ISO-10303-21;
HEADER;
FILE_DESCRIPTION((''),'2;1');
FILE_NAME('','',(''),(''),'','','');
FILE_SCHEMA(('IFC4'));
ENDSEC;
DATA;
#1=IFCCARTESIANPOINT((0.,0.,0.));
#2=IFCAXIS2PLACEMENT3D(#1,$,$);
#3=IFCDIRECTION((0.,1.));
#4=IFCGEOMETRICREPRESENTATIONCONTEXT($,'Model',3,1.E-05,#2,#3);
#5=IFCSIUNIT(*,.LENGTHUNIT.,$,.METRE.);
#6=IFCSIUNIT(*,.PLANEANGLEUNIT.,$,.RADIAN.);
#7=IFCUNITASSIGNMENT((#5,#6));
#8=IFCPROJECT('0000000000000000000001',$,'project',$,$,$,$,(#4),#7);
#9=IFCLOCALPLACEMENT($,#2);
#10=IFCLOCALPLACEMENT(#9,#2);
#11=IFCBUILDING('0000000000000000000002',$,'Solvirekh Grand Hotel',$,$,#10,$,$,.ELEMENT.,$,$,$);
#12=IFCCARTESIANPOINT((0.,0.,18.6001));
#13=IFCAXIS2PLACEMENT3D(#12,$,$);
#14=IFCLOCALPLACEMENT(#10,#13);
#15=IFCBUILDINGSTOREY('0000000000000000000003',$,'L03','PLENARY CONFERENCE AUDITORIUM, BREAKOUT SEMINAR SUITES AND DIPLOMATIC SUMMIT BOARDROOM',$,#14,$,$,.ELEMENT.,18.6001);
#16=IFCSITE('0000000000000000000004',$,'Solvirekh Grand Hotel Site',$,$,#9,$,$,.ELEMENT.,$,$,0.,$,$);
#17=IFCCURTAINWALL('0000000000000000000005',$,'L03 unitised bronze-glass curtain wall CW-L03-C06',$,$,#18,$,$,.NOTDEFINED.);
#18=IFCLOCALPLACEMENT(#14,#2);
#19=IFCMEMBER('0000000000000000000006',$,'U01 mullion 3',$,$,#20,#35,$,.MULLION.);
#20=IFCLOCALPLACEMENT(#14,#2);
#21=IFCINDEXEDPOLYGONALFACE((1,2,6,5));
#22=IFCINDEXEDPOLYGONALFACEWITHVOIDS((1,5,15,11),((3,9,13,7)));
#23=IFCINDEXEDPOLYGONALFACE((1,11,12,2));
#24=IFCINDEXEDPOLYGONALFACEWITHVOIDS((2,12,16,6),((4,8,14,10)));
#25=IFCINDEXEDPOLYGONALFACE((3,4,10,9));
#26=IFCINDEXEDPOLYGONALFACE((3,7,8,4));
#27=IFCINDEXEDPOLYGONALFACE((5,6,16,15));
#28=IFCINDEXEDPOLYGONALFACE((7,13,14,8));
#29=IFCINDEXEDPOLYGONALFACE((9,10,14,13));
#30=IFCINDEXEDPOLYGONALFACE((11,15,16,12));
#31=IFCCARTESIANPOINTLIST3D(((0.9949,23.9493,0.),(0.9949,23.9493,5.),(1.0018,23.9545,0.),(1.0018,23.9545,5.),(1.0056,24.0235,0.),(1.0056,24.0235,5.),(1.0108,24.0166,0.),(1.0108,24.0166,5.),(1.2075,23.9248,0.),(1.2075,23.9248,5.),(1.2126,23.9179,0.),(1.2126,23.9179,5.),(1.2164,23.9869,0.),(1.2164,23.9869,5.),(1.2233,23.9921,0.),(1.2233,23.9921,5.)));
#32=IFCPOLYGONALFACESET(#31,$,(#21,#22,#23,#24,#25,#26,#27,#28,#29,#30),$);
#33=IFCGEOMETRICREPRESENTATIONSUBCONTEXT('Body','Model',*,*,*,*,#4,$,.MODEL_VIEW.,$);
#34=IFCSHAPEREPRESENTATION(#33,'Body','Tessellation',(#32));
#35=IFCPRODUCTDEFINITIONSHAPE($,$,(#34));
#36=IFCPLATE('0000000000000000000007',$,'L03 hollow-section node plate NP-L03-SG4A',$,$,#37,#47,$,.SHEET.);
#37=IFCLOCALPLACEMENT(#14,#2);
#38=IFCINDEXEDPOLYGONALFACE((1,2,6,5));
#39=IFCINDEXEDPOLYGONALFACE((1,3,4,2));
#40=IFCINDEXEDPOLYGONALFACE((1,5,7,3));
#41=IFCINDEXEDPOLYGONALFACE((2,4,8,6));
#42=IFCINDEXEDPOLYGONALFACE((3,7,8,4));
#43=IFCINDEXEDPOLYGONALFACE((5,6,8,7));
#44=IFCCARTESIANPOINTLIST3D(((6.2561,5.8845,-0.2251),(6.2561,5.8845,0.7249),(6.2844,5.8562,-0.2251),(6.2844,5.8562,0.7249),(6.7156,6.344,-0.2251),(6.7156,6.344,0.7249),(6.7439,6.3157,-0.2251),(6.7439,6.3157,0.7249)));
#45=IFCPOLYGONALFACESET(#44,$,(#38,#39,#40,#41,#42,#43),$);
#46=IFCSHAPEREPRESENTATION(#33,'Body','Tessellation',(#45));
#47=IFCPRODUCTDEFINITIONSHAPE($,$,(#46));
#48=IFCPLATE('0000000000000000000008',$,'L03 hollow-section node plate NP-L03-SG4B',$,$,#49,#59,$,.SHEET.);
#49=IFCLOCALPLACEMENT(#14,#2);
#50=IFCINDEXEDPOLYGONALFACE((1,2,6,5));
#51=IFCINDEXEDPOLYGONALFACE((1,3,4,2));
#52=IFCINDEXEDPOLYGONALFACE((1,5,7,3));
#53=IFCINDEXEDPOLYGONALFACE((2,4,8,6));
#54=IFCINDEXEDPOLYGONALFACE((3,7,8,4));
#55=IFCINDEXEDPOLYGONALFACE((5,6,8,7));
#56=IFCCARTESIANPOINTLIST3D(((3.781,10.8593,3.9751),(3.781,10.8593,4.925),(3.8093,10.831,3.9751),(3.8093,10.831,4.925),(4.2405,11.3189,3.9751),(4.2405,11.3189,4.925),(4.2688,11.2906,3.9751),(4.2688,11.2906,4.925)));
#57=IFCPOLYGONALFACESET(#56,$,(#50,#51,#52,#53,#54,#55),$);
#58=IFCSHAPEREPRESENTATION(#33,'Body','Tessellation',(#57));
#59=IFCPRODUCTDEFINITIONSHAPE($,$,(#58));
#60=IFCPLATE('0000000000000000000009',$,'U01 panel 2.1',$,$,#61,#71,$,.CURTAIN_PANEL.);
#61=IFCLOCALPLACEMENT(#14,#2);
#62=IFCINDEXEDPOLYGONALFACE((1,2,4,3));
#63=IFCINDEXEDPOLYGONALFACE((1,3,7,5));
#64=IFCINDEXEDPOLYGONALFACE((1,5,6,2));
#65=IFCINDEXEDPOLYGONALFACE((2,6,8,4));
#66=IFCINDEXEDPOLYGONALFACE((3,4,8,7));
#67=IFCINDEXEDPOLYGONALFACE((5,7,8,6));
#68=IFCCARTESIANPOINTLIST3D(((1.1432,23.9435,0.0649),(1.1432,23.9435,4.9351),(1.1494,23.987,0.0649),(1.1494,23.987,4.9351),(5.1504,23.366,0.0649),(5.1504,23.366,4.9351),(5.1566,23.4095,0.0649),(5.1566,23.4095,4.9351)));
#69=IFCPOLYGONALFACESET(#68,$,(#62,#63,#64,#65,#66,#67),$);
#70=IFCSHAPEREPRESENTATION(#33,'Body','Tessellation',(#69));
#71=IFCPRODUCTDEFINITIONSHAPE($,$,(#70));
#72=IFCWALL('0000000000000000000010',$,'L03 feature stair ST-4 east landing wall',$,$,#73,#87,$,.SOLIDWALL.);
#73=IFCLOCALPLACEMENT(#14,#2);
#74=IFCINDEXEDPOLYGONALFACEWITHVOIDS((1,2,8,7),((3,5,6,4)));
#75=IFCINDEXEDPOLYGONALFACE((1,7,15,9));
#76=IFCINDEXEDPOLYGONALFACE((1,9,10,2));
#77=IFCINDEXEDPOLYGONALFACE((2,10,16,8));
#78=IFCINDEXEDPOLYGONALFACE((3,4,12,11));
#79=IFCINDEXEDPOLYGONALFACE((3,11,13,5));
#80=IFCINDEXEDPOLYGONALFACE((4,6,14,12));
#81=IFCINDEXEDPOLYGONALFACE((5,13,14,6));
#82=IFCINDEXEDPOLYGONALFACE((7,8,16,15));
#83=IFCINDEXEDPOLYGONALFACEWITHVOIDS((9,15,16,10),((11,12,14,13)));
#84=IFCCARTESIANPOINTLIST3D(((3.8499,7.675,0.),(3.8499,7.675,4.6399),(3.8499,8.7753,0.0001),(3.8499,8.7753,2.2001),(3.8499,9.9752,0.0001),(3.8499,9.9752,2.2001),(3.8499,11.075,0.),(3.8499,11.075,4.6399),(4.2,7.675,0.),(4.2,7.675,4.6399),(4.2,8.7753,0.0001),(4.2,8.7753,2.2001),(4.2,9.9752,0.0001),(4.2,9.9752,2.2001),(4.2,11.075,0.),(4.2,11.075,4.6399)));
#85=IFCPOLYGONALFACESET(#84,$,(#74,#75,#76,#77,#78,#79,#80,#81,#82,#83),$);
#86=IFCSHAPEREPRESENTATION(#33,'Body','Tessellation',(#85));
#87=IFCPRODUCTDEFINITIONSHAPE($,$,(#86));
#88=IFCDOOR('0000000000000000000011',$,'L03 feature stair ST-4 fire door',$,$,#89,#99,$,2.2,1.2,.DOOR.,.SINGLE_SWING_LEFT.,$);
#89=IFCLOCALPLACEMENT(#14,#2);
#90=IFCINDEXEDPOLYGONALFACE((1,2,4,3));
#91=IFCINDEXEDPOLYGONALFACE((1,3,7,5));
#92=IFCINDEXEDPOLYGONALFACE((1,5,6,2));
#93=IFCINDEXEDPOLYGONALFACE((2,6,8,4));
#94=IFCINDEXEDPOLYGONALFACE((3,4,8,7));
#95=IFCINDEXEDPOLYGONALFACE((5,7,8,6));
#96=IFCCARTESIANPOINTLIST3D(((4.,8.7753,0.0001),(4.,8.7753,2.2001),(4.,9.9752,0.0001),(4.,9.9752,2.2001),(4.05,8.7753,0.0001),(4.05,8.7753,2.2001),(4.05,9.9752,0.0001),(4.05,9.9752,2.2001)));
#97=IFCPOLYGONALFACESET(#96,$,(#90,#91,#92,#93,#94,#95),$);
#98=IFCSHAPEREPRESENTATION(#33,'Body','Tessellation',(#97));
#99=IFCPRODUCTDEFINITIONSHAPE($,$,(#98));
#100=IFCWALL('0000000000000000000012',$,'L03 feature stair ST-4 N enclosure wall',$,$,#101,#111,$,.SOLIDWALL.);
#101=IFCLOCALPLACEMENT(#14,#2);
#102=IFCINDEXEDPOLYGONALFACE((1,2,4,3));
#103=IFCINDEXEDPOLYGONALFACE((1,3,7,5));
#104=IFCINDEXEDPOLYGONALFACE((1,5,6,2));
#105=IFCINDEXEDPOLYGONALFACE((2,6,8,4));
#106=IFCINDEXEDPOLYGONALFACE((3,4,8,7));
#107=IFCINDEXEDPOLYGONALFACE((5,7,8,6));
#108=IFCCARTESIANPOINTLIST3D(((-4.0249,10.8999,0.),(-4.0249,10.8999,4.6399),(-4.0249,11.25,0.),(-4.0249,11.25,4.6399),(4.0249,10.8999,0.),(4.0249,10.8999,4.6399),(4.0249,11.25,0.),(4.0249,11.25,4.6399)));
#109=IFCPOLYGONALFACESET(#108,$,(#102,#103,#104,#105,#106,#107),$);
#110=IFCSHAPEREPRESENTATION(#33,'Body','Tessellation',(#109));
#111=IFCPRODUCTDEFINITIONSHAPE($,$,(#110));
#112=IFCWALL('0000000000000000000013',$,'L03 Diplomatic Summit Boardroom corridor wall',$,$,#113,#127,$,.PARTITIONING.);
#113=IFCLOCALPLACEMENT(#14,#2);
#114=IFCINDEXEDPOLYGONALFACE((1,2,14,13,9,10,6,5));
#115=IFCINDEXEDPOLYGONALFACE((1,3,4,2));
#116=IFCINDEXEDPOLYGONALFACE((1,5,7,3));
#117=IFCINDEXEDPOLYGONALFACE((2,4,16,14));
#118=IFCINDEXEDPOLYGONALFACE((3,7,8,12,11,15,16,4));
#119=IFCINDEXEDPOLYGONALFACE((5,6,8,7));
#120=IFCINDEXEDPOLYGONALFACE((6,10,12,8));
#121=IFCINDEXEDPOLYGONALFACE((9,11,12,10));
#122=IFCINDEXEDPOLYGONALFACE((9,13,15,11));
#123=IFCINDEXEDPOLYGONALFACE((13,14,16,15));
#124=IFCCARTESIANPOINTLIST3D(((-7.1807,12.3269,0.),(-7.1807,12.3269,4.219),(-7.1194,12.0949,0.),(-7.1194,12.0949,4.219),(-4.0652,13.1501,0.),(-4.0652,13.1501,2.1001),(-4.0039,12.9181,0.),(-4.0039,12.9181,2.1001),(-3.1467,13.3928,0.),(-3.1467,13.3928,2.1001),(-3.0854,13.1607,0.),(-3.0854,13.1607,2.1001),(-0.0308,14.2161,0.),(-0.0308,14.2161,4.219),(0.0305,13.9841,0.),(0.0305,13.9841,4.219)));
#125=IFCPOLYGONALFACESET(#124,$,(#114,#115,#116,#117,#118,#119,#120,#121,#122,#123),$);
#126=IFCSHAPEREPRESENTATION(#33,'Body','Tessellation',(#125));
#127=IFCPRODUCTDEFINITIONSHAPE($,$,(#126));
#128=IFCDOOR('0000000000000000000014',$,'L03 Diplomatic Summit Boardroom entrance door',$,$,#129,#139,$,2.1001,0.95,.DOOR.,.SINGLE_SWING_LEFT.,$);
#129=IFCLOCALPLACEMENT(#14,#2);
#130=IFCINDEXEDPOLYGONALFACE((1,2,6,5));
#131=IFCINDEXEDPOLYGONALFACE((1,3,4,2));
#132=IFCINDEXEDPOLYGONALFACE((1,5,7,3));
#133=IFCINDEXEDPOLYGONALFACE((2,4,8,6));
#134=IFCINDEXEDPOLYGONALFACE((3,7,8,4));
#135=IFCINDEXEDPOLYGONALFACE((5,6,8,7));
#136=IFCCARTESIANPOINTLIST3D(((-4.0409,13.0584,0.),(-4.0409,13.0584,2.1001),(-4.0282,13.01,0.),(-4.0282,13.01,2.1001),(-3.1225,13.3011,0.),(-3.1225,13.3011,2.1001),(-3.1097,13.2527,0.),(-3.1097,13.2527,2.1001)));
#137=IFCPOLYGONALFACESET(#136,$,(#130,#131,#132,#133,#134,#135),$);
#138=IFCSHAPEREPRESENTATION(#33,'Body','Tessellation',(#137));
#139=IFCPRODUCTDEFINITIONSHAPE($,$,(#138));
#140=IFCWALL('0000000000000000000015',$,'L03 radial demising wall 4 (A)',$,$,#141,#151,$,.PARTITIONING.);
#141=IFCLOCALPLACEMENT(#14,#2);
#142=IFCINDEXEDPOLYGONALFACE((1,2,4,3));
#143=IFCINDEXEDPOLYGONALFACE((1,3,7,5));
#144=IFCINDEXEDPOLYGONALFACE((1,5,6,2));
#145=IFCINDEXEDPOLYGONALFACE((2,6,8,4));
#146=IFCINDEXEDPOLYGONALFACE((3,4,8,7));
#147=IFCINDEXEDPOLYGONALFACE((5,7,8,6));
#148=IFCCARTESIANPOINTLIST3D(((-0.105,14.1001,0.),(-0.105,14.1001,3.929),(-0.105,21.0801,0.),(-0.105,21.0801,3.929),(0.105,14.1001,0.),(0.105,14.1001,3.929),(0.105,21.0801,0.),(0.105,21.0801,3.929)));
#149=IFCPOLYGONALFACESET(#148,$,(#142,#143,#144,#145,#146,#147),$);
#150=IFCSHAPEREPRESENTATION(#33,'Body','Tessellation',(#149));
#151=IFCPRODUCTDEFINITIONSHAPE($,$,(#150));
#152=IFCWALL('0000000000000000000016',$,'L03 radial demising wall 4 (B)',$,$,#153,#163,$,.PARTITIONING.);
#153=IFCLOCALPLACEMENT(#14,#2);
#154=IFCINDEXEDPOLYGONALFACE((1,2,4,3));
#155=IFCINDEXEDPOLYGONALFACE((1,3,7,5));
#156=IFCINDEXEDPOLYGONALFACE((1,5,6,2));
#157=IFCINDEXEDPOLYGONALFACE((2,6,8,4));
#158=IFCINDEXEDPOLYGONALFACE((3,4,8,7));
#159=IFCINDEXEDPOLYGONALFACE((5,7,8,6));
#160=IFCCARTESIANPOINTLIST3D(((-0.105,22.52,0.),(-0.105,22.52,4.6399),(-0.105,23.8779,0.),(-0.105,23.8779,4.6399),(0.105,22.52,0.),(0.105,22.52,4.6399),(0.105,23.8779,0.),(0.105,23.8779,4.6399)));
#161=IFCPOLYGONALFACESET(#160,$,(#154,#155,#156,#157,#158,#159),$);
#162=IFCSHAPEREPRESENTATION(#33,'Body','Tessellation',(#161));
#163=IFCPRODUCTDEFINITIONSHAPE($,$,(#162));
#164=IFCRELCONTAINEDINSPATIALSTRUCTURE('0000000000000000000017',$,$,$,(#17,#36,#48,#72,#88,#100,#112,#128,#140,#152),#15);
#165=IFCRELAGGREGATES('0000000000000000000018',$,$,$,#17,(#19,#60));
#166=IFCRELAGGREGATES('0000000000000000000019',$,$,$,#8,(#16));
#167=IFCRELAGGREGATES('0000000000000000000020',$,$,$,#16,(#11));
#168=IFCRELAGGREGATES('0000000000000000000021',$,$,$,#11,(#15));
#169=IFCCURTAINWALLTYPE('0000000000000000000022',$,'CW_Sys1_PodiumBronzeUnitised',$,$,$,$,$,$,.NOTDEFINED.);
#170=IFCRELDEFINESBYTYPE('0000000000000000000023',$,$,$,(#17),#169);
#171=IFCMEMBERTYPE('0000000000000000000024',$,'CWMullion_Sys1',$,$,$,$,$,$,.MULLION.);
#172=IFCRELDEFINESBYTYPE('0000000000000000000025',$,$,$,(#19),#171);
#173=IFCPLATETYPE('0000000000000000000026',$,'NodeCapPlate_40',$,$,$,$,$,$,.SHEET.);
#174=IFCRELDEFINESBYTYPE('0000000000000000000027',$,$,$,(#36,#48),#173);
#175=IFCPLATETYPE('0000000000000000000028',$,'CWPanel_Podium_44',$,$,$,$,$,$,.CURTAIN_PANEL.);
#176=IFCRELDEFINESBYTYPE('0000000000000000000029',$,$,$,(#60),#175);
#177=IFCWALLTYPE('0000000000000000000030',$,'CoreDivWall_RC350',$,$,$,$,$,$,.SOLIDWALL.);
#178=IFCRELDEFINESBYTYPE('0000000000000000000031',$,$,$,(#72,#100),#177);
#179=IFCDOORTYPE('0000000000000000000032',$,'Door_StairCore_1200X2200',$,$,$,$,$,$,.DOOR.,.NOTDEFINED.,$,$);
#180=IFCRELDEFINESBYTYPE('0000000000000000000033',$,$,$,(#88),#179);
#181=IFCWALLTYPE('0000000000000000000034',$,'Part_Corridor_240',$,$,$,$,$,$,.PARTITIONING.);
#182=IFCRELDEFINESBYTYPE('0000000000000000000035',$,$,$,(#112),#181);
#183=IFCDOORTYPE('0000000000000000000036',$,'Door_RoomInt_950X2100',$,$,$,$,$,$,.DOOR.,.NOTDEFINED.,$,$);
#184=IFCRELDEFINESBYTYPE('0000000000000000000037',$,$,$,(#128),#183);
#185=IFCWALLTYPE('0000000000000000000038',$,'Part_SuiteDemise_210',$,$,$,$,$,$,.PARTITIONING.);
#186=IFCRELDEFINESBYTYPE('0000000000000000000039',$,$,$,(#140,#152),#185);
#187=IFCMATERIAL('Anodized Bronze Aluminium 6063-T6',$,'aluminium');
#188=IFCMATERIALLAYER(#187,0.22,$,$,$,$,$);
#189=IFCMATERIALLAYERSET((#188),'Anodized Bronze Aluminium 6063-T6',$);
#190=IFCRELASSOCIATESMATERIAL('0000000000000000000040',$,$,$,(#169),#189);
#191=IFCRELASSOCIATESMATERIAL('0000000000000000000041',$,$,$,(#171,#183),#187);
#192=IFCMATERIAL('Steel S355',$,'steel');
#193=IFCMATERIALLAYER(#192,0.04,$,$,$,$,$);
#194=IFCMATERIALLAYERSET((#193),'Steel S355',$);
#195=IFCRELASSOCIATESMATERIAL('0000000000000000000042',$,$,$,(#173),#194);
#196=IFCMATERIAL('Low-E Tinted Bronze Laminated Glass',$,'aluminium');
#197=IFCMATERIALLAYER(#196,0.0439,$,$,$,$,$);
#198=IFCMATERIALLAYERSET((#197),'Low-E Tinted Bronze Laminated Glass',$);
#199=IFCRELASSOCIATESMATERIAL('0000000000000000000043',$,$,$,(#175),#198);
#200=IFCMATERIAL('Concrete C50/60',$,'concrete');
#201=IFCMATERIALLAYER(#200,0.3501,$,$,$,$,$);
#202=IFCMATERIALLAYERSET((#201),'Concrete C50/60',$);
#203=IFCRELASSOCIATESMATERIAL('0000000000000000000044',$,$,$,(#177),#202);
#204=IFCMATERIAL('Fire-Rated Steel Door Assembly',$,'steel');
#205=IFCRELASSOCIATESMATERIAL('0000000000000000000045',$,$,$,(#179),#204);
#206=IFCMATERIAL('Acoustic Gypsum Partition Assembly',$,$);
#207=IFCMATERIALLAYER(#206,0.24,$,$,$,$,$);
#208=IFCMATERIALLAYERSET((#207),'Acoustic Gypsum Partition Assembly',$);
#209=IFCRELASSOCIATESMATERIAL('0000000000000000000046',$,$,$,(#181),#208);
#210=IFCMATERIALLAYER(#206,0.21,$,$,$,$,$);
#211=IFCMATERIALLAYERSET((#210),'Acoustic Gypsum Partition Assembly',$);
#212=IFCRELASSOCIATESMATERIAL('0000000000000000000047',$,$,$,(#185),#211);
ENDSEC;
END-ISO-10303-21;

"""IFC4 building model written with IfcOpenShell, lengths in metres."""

from ifc_helpers import new_model, si_unit, direction, frame, frame_2d, origin, origin_2d, place, context, subcontext, project, spatial, rectangle, hollow_rectangle, extrude, source, transform, mapped, material, layer, layer_set, material_profile, profile_set, type_object, element, fill, aggregate, save


model = new_model("IFC4")

# Units and contexts
model_context = context("Model", 3, precision=1e-05, world=origin(), true_north=direction((0.0, 1.0)))
body_context = subcontext(model_context, "Body", "Model", "MODEL_VIEW")
ifc_project = project(units=[si_unit("LENGTHUNIT", "METRE"), si_unit("PLANEANGLEUNIT", "RADIAN")], contexts=[model_context])

# Site, building, storey
site_placement = place(None, origin())
site = spatial("IfcSite", under=ifc_project, at=site_placement, Name="Solvirekh Grand Hotel Site", CompositionType="ELEMENT", RefElevation=0.0)
building_placement = place(site_placement, origin())
building = spatial("IfcBuilding", under=site, at=building_placement, Name="Solvirekh Grand Hotel", CompositionType="ELEMENT")
storey_placement = place(building_placement, frame((0.0, 0.0, 18.6001)))
storey = spatial("IfcBuildingStorey", under=building, at=storey_placement, Name="L03", Description="PLENARY CONFERENCE AUDITORIUM, BREAKOUT SEMINAR SUITES AND DIPLOMATIC SUMMIT BOARDROOM", CompositionType="ELEMENT", Elevation=18.6001)

# Shared definitions
ifc_material_1 = material(Name="Steel S355", Category="steel")

# Curtain wall, member
ifc_material_2 = material(Name="Anodized Bronze Aluminium 6063-T6", Category="aluminium")
ifc_layer_1 = layer(ifc_material_2, 0.22)
ifc_layer_set_1 = layer_set([ifc_layer_1], Name="Anodized Bronze Aluminium 6063-T6")
curtain_wall_type = type_object("IfcCurtainWallType", Name="CW_Sys1_PodiumBronzeUnitised", PredefinedType="NOTDEFINED", material=ifc_layer_set_1)
curtain_wall_placement = place(storey_placement, origin())
curtain_wall = element("IfcCurtainWall", 1, at=curtain_wall_placement, inside=storey, type_object=curtain_wall_type, Name="L03 unitised bronze-glass curtain wall CW-L03-C06", PredefinedType="NOTDEFINED")
ifc_material_profile_1 = material_profile(ifc_material_2, hollow_rectangle(XDim=0.075, YDim=0.22, WallThickness=0.0061, at=origin_2d()), Name="ALU RHS 220X75X6")
ifc_profile_set_1 = profile_set([ifc_material_profile_1], Name="Anodized Bronze Aluminium 6063-T6")
member_type_1 = type_object("IfcMemberType", Name="CWMullion_Sys1", PredefinedType="MULLION", material=ifc_profile_set_1)
shared_shape_1 = source(origin(), body_context, "Body", "SweptSolid", [
    extrude(hollow_rectangle(XDim=0.075, YDim=0.22, WallThickness=0.0061, at=origin_2d()), origin(), (0.0, 0.0, 1.0), 5.0),
])
member_1_placement = place(storey_placement, frame((1.1091, 23.9707, 0.0), z_axis=(0.0, 0.0, 1.0), x_axis=(-0.142632, -0.989776, 0.0)))
member_1 = element("IfcMember", 2, at=member_1_placement, type_object=member_type_1, Name="U01 mullion 3", PredefinedType="MULLION", context=body_context, shape_type="MappedRepresentation", body=[
    mapped(shared_shape_1, transform((0.0, 0.0, 0.0), x_axis=(1.0, 0.0, 0.0), y_axis=(0.0, 1.0, 0.0), z_axis=(0.0, 0.0, 1.0), scale=1.0)),
])

# Plates
ifc_layer_2 = layer(ifc_material_1, 0.04)
ifc_layer_set_2 = layer_set([ifc_layer_2], Name="Steel S355")
plate_type_1 = type_object("IfcPlateType", Name="NodeCapPlate_40", PredefinedType="SHEET", material=ifc_layer_set_2)
for number, where, z_axis, x_axis, name in (
    (3, (6.5, 6.1001, -0.2251), (0.0, 0.0, 1.0), (-0.707107, 0.707107, 0.0), "L03 hollow-section node plate NP-L03-SG4A"),
    (4, (4.0249, 11.075, 3.9751), (0.0, 0.0, 1.0), (-0.707107, 0.707107, 0.0), "L03 hollow-section node plate NP-L03-SG4B"),
):
    element("IfcPlate", number, at=place(storey_placement, frame(where, z_axis=z_axis, x_axis=x_axis)), inside=storey, type_object=plate_type_1, Name=name, PredefinedType="SHEET", context=body_context, shape_type="SweptSolid", body=[
        extrude(rectangle(XDim=0.04, YDim=0.6499, at=origin_2d()), origin(), (0.0, 0.0, 1.0), 0.95),
    ])

# Plate
ifc_material_3 = material(Name="Low-E Tinted Bronze Laminated Glass", Category="aluminium")
ifc_layer_3 = layer(ifc_material_3, 0.0439)
ifc_layer_set_3 = layer_set([ifc_layer_3], Name="Low-E Tinted Bronze Laminated Glass")
plate_type_2 = type_object("IfcPlateType", Name="CWPanel_Podium_44", PredefinedType="CURTAIN_PANEL", material=ifc_layer_set_3)
shared_shape_2 = source(origin(), body_context, "Body", "SweptSolid", [
    extrude(rectangle(XDim=4.0486, YDim=0.0439, at=origin_2d()), origin(), (0.0, 0.0, 1.0), 4.8701),
])
plate_placement = place(storey_placement, frame((3.1499, 23.6765, 0.0649), z_axis=(0.0, 0.0, 1.0), x_axis=(-0.989776, 0.142632, 0.0)))
plate = element("IfcPlate", 5, at=plate_placement, type_object=plate_type_2, Name="U01 panel 2.1", PredefinedType="CURTAIN_PANEL", context=body_context, shape_type="MappedRepresentation", body=[
    mapped(shared_shape_2, transform((0.0, 0.0, 0.0), x_axis=(1.0, 0.0, 0.0), y_axis=(0.0, 1.0, 0.0), z_axis=(0.0, 0.0, 1.0), scale=1.0)),
])
aggregate(curtain_wall, [member_1, plate])

# Wall, opening, door
ifc_material_4 = material(Name="Concrete C50/60", Category="concrete")
ifc_layer_4 = layer(ifc_material_4, 0.3501)
ifc_layer_set_4 = layer_set([ifc_layer_4], Name="Concrete C50/60")
wall_type_1 = type_object("IfcWallType", Name="CoreDivWall_RC350", PredefinedType="SOLIDWALL", material=ifc_layer_set_4)
wall_1_placement = place(storey_placement, frame((4.0249, 7.675, 0.0), z_axis=(0.0, 0.0, 1.0), x_axis=(0.0, 1.0, 0.0)))
wall_1 = element("IfcWall", 6, at=wall_1_placement, inside=storey, type_object=wall_type_1, Name="L03 feature stair ST-4 east landing wall", PredefinedType="SOLIDWALL", context=body_context, shape_type="SweptSolid", body=[
    extrude(rectangle(XDim=3.3999, YDim=0.3501, at=frame_2d((1.7, 0.0))), origin(), (0.0, 0.0, 1.0), 4.6399),
])
opening_1_placement = place(wall_1_placement, frame((1.1001, 0.0, 0.0)))
opening_1 = element("IfcOpeningElement", 7, at=opening_1_placement, cuts=wall_1, PredefinedType="OPENING", context=body_context, shape_type="SweptSolid", body=[
    extrude(rectangle(XDim=1.2, YDim=2.2, at=frame_2d((0.6001, 1.1001))), frame((0.0, 0.1851, 0.0), z_axis=(0.0, -1.0, 0.0), x_axis=(1.0, 0.0, 0.0)), (0.0, 0.0, 1.0), 0.3701),
])
ifc_material_5 = material(Name="Fire-Rated Steel Door Assembly", Category="steel")
door_type_1 = type_object("IfcDoorType", Name="Door_StairCore_1200X2200", OperationType="NOTDEFINED", PredefinedType="DOOR", material=ifc_material_5)
door_1_placement = place(opening_1_placement, origin())
door_1 = element("IfcDoor", 8, at=door_1_placement, inside=storey, type_object=door_type_1, Name="L03 feature stair ST-4 fire door", OperationType="SINGLE_SWING_LEFT", OverallHeight=2.2, OverallWidth=1.2, PredefinedType="DOOR", context=body_context, shape_type="SweptSolid", body=[
    extrude(rectangle(XDim=1.2, YDim=2.2, at=frame_2d((0.6001, 1.1001))), frame((0.0, 0.0249, 0.0), z_axis=(0.0, -1.0, 0.0), x_axis=(1.0, 0.0, 0.0)), (0.0, 0.0, 1.0), 0.05),
])
fill(opening_1, door_1)

# Wall
wall_2_placement = place(storey_placement, frame((4.0249, 11.075, 0.0), z_axis=(0.0, 0.0, 1.0), x_axis=(-1.0, 0.0, 0.0)))
element("IfcWall", 9, at=wall_2_placement, inside=storey, type_object=wall_type_1, Name="L03 feature stair ST-4 N enclosure wall", PredefinedType="SOLIDWALL", context=body_context, shape_type="SweptSolid", body=[
    extrude(rectangle(XDim=8.0498, YDim=0.3501, at=frame_2d((4.0249, 0.0))), origin(), (0.0, 0.0, 1.0), 4.6399),
])

# Wall, opening, door
ifc_material_6 = material(Name="Acoustic Gypsum Partition Assembly")
ifc_layer_5 = layer(ifc_material_6, 0.24)
ifc_layer_set_5 = layer_set([ifc_layer_5], Name="Acoustic Gypsum Partition Assembly")
wall_type_2 = type_object("IfcWallType", Name="Part_Corridor_240", PredefinedType="PARTITIONING", material=ifc_layer_set_5)
wall_3_placement = place(storey_placement, frame((0.0, 14.1001, 0.0), z_axis=(0.0, 0.0, 1.0), x_axis=(-0.966821, -0.255455, 0.0)))
wall_3 = element("IfcWall", 10, at=wall_3_placement, inside=storey, type_object=wall_type_2, Name="L03 Diplomatic Summit Boardroom corridor wall", PredefinedType="PARTITIONING", context=body_context, shape_type="SweptSolid", body=[
    extrude(rectangle(XDim=7.3953, YDim=0.24, at=frame_2d((3.6978, 0.0))), origin(), (0.0, 0.0, 1.0), 4.219),
])
opening_2_placement = place(wall_3_placement, frame((3.2229, 0.0, 0.0)))
opening_2 = element("IfcOpeningElement", 11, at=opening_2_placement, cuts=wall_3, PredefinedType="OPENING", context=body_context, shape_type="SweptSolid", body=[
    extrude(rectangle(XDim=0.95, YDim=2.1001, at=frame_2d((0.4751, 1.05))), frame((0.0, 0.1299, 0.0), z_axis=(0.0, -1.0, 0.0), x_axis=(1.0, 0.0, 0.0)), (0.0, 0.0, 1.0), 0.26),
])
door_type_2 = type_object("IfcDoorType", Name="Door_RoomInt_950X2100", OperationType="NOTDEFINED", PredefinedType="DOOR", material=ifc_material_2)
door_2_placement = place(opening_2_placement, origin())
door_2 = element("IfcDoor", 12, at=door_2_placement, inside=storey, type_object=door_type_2, Name="L03 Diplomatic Summit Boardroom entrance door", OperationType="SINGLE_SWING_LEFT", OverallHeight=2.1001, OverallWidth=0.95, PredefinedType="DOOR", context=body_context, shape_type="SweptSolid", body=[
    extrude(rectangle(XDim=0.95, YDim=2.1001, at=frame_2d((0.4751, 1.05))), frame((0.0, 0.0249, 0.0), z_axis=(0.0, -1.0, 0.0), x_axis=(1.0, 0.0, 0.0)), (0.0, 0.0, 1.0), 0.05),
])
fill(opening_2, door_2)

# Walls
ifc_layer_6 = layer(ifc_material_6, 0.21)
ifc_layer_set_6 = layer_set([ifc_layer_6], Name="Acoustic Gypsum Partition Assembly")
wall_type_3 = type_object("IfcWallType", Name="Part_SuiteDemise_210", PredefinedType="PARTITIONING", material=ifc_layer_set_6)
wall_4_placement = place(storey_placement, frame((0.0, 14.1001, 0.0), z_axis=(0.0, 0.0, 1.0), x_axis=(0.0, 1.0, 0.0)))
element("IfcWall", 13, at=wall_4_placement, inside=storey, type_object=wall_type_3, Name="L03 radial demising wall 4 (A)", PredefinedType="PARTITIONING", context=body_context, shape_type="SweptSolid", body=[
    extrude(rectangle(XDim=6.98, YDim=0.21, at=frame_2d((3.49, 0.0))), origin(), (0.0, 0.0, 1.0), 3.929),
])
wall_5_placement = place(storey_placement, frame((0.0, 22.52, 0.0), z_axis=(0.0, 0.0, 1.0), x_axis=(0.0, 1.0, 0.0)))
element("IfcWall", 14, at=wall_5_placement, inside=storey, type_object=wall_type_3, Name="L03 radial demising wall 4 (B)", PredefinedType="PARTITIONING", context=body_context, shape_type="SweptSolid", body=[
    extrude(rectangle(XDim=1.3579, YDim=0.21, at=frame_2d((0.679, 0.0))), origin(), (0.0, 0.0, 1.0), 4.6399),
])

save(model, "model.ifc")
